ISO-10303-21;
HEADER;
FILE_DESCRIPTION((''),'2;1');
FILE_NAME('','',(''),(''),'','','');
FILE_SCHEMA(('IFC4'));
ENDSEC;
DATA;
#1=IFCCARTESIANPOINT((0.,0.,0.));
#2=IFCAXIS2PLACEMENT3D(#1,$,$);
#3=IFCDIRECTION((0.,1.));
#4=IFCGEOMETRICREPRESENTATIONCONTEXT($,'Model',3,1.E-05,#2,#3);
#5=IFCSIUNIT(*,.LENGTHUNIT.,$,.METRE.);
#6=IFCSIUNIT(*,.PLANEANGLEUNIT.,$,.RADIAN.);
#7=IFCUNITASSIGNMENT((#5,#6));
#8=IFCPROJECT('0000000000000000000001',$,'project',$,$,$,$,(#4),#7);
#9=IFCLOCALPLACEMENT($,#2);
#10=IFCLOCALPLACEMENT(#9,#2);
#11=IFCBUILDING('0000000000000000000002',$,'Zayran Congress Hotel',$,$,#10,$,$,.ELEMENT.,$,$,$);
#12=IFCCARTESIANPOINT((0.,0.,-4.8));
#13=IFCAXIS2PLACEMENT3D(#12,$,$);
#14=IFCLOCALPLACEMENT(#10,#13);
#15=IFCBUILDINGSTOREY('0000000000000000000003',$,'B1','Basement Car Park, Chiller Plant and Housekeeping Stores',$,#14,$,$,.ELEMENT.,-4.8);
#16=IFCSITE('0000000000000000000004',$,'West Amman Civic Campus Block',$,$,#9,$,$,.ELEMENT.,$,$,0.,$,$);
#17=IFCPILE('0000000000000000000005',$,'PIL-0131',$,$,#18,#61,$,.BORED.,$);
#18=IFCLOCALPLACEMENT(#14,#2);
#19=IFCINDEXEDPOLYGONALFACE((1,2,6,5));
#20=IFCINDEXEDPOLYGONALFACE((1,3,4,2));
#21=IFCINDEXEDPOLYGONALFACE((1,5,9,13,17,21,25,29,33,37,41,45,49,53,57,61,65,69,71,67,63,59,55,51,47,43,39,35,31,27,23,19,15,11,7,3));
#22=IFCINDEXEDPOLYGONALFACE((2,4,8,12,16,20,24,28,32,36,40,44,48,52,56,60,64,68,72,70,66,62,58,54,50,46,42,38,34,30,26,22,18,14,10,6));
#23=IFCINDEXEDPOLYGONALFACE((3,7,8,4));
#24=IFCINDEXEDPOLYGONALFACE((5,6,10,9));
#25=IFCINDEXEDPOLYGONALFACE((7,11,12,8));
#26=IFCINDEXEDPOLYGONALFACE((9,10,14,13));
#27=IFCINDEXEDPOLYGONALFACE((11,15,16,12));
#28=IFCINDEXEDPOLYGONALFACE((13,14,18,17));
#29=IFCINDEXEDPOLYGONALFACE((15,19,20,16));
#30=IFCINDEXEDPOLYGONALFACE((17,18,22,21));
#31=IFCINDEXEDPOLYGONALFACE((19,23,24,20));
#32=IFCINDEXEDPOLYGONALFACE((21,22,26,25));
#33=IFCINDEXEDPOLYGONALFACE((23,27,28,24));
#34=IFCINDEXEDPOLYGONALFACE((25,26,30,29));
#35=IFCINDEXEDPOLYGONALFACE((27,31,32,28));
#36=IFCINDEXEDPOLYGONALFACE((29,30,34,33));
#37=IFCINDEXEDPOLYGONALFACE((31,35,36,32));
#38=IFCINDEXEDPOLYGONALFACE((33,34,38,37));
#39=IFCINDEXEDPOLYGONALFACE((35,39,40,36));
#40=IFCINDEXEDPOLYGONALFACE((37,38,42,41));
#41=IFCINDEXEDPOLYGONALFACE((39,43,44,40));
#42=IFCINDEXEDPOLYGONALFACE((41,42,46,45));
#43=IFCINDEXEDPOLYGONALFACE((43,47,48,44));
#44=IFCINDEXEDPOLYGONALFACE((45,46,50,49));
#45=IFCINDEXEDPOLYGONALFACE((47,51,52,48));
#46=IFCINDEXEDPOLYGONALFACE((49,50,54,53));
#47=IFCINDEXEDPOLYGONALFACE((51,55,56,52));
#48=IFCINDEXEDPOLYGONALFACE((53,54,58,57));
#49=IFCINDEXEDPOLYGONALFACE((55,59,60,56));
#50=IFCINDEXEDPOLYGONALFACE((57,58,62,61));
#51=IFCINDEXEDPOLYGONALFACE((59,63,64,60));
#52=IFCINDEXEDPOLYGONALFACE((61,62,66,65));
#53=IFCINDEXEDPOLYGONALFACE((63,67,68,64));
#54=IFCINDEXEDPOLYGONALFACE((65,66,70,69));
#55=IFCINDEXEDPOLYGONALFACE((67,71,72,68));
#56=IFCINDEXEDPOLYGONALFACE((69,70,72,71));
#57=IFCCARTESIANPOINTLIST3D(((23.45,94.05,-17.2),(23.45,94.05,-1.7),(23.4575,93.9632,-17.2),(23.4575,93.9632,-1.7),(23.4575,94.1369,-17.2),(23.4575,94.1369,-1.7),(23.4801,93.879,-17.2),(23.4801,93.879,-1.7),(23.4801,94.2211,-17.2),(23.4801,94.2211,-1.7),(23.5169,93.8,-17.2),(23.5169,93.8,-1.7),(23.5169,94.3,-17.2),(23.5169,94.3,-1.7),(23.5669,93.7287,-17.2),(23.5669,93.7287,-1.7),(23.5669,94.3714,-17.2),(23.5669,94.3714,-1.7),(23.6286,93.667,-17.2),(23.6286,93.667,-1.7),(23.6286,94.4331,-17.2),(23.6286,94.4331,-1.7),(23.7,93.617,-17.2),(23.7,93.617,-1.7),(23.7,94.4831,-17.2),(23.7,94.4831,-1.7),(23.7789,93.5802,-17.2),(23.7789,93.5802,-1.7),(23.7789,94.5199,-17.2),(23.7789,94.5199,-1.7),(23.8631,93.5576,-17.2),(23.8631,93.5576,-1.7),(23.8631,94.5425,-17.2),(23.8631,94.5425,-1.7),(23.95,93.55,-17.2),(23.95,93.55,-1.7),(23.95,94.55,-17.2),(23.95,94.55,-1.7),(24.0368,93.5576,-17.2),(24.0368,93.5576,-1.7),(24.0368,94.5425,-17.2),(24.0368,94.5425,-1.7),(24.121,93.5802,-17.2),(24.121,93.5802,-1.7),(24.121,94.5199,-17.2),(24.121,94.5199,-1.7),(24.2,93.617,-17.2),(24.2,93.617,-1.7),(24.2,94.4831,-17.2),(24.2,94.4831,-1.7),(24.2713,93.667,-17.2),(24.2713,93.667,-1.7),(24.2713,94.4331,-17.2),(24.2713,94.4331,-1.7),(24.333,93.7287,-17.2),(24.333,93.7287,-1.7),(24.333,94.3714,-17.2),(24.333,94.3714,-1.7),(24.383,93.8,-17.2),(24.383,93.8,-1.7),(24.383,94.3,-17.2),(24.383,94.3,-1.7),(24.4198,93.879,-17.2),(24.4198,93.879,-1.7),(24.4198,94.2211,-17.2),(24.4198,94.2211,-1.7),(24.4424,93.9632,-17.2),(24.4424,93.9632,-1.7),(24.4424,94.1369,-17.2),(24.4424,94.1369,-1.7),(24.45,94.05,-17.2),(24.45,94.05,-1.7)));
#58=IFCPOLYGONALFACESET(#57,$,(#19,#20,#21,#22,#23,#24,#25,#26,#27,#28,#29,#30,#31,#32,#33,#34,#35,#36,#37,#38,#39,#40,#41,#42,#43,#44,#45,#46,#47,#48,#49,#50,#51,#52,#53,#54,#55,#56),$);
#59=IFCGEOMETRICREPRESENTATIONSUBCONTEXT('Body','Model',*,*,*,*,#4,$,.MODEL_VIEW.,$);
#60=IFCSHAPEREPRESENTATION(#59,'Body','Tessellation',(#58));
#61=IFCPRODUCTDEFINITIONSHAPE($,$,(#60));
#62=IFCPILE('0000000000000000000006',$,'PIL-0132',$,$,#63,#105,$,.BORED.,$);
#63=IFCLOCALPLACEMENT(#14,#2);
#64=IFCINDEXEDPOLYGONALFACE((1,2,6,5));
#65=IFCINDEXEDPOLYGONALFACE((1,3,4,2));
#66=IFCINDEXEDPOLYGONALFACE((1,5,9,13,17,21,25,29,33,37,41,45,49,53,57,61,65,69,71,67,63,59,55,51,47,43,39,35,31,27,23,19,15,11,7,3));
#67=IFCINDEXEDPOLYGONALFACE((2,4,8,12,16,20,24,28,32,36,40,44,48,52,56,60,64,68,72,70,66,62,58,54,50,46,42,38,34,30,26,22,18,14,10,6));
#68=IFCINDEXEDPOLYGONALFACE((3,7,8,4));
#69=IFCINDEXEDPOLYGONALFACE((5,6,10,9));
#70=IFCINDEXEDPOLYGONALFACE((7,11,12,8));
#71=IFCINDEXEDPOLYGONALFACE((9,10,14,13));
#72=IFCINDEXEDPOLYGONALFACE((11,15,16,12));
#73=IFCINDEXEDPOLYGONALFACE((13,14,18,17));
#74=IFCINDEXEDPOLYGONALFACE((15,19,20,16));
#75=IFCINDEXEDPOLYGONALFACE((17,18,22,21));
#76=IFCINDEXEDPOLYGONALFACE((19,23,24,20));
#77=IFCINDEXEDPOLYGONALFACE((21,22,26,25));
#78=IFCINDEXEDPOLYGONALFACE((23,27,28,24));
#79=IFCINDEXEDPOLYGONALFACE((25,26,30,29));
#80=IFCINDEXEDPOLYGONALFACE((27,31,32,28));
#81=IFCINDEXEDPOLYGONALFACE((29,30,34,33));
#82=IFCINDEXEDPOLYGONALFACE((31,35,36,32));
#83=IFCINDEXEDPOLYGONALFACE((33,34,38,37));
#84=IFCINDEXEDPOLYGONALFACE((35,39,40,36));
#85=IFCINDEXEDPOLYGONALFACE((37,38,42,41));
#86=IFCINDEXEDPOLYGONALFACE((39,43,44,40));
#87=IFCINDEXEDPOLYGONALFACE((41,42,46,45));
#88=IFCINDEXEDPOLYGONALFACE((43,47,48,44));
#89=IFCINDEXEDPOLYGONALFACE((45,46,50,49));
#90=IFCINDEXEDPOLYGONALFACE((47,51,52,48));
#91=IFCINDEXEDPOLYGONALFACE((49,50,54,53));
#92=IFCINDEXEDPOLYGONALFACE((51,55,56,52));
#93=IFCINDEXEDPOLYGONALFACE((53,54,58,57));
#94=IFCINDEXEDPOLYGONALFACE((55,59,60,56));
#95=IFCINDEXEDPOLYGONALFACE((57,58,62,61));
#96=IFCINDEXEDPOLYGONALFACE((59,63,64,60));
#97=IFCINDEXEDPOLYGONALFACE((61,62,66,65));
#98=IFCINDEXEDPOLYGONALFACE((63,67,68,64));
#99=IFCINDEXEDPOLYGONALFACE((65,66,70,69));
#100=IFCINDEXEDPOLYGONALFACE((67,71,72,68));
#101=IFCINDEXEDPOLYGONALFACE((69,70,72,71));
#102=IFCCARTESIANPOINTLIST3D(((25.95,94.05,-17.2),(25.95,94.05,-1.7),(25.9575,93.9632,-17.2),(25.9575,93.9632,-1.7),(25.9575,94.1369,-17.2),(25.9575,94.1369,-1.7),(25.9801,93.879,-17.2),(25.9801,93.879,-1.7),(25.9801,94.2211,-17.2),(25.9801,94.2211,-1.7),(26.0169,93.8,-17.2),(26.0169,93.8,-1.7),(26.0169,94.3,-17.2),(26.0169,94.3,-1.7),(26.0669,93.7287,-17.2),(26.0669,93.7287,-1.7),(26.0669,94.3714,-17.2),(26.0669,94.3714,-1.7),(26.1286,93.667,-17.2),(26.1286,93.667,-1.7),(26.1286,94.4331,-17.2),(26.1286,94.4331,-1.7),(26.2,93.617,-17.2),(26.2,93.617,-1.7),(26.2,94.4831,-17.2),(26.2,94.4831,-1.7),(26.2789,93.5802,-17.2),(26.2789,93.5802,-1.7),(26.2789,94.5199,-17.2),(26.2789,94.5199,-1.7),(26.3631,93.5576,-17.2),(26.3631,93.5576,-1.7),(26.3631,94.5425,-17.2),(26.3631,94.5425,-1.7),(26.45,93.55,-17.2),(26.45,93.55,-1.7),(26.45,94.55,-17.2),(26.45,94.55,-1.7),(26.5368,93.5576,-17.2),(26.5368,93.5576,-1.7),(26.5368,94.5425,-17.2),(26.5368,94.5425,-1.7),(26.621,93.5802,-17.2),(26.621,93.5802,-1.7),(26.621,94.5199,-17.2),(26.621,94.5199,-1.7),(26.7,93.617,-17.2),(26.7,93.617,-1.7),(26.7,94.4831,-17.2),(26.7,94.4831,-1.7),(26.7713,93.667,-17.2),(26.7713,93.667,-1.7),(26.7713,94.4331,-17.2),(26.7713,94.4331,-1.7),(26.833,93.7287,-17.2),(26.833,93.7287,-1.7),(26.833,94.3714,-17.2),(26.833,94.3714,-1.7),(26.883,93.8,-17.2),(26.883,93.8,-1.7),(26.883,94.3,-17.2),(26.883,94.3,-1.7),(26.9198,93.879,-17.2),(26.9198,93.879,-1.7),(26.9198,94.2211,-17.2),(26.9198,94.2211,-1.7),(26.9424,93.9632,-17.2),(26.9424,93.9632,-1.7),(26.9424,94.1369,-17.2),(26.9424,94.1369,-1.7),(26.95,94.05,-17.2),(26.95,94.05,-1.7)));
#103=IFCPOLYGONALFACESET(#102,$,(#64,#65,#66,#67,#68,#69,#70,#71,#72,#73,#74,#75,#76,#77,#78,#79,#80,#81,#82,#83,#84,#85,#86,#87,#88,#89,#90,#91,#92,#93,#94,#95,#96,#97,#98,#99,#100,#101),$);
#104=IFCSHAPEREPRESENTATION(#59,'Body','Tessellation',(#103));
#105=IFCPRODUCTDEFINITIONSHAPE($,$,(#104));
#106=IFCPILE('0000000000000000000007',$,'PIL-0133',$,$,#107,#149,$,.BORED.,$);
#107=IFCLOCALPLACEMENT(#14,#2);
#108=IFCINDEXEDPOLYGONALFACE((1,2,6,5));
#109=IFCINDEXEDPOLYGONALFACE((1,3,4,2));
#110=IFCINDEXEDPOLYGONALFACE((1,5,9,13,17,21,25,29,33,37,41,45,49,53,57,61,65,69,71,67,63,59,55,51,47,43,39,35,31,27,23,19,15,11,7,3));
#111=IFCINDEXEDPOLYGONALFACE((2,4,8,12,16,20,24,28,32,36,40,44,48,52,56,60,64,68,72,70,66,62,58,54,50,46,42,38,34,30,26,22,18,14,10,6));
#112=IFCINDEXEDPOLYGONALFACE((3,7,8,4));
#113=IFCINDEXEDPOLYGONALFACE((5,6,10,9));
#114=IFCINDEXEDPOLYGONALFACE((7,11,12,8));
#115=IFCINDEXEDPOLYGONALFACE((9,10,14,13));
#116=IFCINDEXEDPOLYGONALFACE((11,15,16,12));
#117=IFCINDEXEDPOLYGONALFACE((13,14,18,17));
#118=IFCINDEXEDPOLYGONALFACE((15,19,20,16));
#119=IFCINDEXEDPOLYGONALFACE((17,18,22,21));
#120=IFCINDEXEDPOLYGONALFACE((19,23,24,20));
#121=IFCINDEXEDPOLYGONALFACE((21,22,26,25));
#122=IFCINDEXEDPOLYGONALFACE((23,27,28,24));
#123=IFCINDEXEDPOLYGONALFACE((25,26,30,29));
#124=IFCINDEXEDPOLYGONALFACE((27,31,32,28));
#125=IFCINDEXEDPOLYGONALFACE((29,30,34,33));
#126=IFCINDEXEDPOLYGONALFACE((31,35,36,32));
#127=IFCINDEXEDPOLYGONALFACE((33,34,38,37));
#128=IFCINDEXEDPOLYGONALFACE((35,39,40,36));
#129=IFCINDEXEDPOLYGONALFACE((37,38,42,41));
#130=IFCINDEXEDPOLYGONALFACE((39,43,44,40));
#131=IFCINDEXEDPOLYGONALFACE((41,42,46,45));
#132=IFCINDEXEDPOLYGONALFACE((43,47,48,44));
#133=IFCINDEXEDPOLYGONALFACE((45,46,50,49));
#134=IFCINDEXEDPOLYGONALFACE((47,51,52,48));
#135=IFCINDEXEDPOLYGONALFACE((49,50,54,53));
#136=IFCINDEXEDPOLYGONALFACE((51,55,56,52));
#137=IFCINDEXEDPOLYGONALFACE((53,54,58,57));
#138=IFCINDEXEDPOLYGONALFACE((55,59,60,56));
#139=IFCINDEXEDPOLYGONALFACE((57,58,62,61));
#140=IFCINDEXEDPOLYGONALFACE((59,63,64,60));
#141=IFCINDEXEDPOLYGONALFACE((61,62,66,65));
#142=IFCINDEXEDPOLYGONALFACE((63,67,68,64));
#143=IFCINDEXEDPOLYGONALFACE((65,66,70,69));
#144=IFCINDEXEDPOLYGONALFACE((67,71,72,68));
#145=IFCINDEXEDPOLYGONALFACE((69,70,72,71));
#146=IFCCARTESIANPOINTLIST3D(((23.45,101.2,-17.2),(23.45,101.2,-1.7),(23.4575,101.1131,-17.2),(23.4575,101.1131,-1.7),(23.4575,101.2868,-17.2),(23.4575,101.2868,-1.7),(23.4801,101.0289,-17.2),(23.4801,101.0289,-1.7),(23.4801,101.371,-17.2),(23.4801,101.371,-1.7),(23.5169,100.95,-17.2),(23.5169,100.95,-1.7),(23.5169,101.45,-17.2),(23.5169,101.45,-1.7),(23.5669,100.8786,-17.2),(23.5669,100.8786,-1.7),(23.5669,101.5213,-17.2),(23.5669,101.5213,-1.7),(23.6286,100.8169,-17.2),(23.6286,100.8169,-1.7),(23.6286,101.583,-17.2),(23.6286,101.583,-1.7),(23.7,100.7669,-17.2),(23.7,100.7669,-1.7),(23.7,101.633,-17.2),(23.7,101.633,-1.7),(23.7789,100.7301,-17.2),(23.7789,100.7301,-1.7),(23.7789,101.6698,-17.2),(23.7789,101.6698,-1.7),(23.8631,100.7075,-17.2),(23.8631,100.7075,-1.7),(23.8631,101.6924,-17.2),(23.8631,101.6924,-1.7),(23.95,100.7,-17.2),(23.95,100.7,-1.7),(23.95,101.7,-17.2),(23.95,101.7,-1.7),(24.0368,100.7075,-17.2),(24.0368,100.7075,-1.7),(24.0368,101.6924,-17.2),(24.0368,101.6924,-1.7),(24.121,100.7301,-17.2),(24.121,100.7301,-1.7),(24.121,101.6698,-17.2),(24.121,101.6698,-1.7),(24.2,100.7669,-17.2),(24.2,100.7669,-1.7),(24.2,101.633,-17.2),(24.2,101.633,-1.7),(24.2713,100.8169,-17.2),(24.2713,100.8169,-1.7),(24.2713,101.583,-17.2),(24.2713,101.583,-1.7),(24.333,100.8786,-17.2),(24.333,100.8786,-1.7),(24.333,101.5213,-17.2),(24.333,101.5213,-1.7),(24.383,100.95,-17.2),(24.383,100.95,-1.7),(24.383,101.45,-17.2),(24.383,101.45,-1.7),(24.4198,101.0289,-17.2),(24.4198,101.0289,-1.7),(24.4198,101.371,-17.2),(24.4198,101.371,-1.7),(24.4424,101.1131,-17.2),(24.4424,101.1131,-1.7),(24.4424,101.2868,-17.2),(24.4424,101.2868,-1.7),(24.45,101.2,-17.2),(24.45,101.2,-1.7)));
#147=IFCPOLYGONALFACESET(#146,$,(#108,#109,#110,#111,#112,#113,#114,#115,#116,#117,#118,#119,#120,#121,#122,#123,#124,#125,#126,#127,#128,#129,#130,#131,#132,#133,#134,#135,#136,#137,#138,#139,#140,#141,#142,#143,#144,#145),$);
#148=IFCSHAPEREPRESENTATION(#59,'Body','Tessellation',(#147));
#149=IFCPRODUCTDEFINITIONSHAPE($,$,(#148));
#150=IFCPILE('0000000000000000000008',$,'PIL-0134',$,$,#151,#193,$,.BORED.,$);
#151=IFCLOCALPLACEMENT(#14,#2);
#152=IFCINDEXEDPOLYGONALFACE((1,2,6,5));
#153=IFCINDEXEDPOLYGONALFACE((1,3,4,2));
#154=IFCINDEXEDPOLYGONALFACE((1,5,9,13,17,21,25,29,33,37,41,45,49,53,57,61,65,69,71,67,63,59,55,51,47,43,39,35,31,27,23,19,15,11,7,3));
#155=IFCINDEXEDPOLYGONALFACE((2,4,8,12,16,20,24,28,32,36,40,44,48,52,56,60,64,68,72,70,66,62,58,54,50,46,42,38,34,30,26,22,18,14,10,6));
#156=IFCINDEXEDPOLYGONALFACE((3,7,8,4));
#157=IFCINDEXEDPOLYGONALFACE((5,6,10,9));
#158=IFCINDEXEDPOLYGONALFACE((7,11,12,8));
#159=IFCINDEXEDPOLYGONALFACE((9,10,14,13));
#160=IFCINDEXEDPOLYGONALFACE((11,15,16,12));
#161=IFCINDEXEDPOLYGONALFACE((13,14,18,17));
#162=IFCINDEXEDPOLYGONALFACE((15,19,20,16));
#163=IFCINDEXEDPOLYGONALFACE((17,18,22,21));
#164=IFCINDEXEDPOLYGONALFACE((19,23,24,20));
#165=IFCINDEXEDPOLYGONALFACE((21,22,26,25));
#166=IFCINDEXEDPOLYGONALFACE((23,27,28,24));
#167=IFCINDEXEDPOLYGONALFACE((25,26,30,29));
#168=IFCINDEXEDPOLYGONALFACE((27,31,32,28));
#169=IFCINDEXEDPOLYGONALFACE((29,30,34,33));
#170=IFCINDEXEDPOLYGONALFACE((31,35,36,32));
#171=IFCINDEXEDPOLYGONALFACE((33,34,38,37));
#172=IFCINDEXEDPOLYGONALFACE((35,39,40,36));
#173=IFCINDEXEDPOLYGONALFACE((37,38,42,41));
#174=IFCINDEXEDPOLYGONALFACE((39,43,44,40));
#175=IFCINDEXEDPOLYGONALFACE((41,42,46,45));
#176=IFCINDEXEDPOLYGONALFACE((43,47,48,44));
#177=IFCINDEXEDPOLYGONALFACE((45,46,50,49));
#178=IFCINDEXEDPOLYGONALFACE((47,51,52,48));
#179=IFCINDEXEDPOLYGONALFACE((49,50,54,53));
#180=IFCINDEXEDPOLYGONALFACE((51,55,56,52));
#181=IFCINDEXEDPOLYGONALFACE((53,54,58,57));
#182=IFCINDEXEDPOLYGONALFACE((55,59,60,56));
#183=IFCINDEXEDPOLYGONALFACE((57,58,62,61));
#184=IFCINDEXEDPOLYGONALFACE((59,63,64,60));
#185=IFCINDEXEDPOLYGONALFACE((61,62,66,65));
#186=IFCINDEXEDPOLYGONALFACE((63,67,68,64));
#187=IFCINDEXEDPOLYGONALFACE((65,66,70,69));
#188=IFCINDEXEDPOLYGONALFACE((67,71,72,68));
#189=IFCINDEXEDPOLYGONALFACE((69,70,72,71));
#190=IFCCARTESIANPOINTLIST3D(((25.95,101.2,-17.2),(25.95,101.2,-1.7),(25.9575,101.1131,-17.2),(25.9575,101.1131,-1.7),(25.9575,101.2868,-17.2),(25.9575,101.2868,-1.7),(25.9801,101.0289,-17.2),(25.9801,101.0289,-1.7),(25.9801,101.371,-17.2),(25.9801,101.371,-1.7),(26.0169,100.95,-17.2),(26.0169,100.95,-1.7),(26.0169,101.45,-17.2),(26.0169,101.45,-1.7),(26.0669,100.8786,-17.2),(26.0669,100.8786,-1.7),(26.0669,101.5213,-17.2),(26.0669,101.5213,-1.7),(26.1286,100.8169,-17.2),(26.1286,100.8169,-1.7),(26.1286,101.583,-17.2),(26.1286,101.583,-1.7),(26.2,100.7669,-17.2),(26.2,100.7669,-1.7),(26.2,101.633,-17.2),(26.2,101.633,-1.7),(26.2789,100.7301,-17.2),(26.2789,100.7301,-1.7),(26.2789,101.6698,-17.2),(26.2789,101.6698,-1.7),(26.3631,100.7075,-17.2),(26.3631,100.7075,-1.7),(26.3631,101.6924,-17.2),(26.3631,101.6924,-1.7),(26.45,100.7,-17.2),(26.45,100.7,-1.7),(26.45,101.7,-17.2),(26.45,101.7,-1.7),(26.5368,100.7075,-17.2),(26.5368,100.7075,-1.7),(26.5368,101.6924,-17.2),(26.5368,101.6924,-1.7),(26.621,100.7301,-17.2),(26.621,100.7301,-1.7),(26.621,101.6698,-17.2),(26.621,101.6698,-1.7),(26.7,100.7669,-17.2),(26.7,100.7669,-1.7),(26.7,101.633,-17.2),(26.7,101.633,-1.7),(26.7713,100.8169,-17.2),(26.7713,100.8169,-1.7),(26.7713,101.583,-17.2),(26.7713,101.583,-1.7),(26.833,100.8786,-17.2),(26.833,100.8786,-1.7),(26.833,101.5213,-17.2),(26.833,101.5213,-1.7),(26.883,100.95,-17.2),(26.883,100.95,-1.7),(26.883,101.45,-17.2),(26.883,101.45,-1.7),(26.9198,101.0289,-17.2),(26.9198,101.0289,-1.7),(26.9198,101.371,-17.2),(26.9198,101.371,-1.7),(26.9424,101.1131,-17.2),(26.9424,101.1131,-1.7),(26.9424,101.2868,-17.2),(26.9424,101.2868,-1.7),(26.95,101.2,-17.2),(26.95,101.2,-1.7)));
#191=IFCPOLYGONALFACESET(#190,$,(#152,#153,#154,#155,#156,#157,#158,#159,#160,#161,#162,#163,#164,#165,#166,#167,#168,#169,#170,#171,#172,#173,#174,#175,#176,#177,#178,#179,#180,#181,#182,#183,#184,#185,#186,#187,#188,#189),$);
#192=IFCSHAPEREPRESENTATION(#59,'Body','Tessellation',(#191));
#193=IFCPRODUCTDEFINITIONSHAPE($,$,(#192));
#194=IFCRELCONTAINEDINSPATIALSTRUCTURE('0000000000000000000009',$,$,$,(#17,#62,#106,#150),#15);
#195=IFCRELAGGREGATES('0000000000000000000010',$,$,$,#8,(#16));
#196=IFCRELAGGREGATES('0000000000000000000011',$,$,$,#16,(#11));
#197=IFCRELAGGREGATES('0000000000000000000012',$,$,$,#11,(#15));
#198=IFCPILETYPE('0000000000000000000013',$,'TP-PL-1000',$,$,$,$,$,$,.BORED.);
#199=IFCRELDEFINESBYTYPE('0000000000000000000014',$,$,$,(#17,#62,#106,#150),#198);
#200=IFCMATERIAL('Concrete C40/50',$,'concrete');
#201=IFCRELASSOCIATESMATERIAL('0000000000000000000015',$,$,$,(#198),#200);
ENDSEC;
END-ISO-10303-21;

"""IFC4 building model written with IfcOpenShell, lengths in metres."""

from ifc_helpers import new_model, si_unit, direction, frame, origin, origin_2d, place, context, subcontext, project, spatial, circle, extrude, material, material_profile, profile_set, type_object, element, save


model = new_model("IFC4")

# Units and contexts
model_context = context("Model", 3, precision=1e-05, world=origin(), true_north=direction((0.0, 1.0)))
body_context = subcontext(model_context, "Body", "Model", "MODEL_VIEW")
ifc_project = project(units=[si_unit("LENGTHUNIT", "METRE"), si_unit("PLANEANGLEUNIT", "RADIAN")], contexts=[model_context])

# Site, building, storey
site_placement = place(None, origin())
site = spatial("IfcSite", under=ifc_project, at=site_placement, Name="West Amman Civic Campus Block", CompositionType="ELEMENT", RefElevation=0.0)
building_placement = place(site_placement, origin())
building = spatial("IfcBuilding", under=site, at=building_placement, Name="Zayran Congress Hotel", CompositionType="ELEMENT")
storey_placement = place(building_placement, frame((0.0, 0.0, -4.8)))
storey = spatial("IfcBuildingStorey", under=building, at=storey_placement, Name="B1", Description="Basement Car Park, Chiller Plant and Housekeeping Stores", CompositionType="ELEMENT", Elevation=-4.8)

# Piles
ifc_material_1 = material(Name="Concrete C40/50", Category="concrete")
ifc_material_profile_1 = material_profile(ifc_material_1, circle(Radius=0.5, at=origin_2d()), Name="PILE D1000")
ifc_profile_set_1 = profile_set([ifc_material_profile_1], Name="Concrete C40/50")
pile_type = type_object("IfcPileType", Name="TP-PL-1000", PredefinedType="BORED", material=ifc_profile_set_1)
for number, where, z_axis, x_axis, name in (
    (1, (23.95, 94.05, -1.7), (0.0, 0.0, -1.0), (1.0, 0.0, 0.0), "PIL-0131"),
    (2, (26.45, 94.05, -1.7), (0.0, 0.0, -1.0), (1.0, 0.0, 0.0), "PIL-0132"),
    (3, (23.95, 101.2, -1.7), (0.0, 0.0, -1.0), (1.0, 0.0, 0.0), "PIL-0133"),
    (4, (26.45, 101.2, -1.7), (0.0, 0.0, -1.0), (1.0, 0.0, 0.0), "PIL-0134"),
):
    element("IfcPile", number, at=place(storey_placement, frame(where, z_axis=z_axis, x_axis=x_axis)), inside=storey, type_object=pile_type, Name=name, PredefinedType="BORED", context=body_context, shape_type="SweptSolid", body=[
        extrude(circle(Radius=0.5, at=origin_2d()), origin(), (0.0, 0.0, 1.0), 15.5),
    ])

save(model, "model.ifc")
